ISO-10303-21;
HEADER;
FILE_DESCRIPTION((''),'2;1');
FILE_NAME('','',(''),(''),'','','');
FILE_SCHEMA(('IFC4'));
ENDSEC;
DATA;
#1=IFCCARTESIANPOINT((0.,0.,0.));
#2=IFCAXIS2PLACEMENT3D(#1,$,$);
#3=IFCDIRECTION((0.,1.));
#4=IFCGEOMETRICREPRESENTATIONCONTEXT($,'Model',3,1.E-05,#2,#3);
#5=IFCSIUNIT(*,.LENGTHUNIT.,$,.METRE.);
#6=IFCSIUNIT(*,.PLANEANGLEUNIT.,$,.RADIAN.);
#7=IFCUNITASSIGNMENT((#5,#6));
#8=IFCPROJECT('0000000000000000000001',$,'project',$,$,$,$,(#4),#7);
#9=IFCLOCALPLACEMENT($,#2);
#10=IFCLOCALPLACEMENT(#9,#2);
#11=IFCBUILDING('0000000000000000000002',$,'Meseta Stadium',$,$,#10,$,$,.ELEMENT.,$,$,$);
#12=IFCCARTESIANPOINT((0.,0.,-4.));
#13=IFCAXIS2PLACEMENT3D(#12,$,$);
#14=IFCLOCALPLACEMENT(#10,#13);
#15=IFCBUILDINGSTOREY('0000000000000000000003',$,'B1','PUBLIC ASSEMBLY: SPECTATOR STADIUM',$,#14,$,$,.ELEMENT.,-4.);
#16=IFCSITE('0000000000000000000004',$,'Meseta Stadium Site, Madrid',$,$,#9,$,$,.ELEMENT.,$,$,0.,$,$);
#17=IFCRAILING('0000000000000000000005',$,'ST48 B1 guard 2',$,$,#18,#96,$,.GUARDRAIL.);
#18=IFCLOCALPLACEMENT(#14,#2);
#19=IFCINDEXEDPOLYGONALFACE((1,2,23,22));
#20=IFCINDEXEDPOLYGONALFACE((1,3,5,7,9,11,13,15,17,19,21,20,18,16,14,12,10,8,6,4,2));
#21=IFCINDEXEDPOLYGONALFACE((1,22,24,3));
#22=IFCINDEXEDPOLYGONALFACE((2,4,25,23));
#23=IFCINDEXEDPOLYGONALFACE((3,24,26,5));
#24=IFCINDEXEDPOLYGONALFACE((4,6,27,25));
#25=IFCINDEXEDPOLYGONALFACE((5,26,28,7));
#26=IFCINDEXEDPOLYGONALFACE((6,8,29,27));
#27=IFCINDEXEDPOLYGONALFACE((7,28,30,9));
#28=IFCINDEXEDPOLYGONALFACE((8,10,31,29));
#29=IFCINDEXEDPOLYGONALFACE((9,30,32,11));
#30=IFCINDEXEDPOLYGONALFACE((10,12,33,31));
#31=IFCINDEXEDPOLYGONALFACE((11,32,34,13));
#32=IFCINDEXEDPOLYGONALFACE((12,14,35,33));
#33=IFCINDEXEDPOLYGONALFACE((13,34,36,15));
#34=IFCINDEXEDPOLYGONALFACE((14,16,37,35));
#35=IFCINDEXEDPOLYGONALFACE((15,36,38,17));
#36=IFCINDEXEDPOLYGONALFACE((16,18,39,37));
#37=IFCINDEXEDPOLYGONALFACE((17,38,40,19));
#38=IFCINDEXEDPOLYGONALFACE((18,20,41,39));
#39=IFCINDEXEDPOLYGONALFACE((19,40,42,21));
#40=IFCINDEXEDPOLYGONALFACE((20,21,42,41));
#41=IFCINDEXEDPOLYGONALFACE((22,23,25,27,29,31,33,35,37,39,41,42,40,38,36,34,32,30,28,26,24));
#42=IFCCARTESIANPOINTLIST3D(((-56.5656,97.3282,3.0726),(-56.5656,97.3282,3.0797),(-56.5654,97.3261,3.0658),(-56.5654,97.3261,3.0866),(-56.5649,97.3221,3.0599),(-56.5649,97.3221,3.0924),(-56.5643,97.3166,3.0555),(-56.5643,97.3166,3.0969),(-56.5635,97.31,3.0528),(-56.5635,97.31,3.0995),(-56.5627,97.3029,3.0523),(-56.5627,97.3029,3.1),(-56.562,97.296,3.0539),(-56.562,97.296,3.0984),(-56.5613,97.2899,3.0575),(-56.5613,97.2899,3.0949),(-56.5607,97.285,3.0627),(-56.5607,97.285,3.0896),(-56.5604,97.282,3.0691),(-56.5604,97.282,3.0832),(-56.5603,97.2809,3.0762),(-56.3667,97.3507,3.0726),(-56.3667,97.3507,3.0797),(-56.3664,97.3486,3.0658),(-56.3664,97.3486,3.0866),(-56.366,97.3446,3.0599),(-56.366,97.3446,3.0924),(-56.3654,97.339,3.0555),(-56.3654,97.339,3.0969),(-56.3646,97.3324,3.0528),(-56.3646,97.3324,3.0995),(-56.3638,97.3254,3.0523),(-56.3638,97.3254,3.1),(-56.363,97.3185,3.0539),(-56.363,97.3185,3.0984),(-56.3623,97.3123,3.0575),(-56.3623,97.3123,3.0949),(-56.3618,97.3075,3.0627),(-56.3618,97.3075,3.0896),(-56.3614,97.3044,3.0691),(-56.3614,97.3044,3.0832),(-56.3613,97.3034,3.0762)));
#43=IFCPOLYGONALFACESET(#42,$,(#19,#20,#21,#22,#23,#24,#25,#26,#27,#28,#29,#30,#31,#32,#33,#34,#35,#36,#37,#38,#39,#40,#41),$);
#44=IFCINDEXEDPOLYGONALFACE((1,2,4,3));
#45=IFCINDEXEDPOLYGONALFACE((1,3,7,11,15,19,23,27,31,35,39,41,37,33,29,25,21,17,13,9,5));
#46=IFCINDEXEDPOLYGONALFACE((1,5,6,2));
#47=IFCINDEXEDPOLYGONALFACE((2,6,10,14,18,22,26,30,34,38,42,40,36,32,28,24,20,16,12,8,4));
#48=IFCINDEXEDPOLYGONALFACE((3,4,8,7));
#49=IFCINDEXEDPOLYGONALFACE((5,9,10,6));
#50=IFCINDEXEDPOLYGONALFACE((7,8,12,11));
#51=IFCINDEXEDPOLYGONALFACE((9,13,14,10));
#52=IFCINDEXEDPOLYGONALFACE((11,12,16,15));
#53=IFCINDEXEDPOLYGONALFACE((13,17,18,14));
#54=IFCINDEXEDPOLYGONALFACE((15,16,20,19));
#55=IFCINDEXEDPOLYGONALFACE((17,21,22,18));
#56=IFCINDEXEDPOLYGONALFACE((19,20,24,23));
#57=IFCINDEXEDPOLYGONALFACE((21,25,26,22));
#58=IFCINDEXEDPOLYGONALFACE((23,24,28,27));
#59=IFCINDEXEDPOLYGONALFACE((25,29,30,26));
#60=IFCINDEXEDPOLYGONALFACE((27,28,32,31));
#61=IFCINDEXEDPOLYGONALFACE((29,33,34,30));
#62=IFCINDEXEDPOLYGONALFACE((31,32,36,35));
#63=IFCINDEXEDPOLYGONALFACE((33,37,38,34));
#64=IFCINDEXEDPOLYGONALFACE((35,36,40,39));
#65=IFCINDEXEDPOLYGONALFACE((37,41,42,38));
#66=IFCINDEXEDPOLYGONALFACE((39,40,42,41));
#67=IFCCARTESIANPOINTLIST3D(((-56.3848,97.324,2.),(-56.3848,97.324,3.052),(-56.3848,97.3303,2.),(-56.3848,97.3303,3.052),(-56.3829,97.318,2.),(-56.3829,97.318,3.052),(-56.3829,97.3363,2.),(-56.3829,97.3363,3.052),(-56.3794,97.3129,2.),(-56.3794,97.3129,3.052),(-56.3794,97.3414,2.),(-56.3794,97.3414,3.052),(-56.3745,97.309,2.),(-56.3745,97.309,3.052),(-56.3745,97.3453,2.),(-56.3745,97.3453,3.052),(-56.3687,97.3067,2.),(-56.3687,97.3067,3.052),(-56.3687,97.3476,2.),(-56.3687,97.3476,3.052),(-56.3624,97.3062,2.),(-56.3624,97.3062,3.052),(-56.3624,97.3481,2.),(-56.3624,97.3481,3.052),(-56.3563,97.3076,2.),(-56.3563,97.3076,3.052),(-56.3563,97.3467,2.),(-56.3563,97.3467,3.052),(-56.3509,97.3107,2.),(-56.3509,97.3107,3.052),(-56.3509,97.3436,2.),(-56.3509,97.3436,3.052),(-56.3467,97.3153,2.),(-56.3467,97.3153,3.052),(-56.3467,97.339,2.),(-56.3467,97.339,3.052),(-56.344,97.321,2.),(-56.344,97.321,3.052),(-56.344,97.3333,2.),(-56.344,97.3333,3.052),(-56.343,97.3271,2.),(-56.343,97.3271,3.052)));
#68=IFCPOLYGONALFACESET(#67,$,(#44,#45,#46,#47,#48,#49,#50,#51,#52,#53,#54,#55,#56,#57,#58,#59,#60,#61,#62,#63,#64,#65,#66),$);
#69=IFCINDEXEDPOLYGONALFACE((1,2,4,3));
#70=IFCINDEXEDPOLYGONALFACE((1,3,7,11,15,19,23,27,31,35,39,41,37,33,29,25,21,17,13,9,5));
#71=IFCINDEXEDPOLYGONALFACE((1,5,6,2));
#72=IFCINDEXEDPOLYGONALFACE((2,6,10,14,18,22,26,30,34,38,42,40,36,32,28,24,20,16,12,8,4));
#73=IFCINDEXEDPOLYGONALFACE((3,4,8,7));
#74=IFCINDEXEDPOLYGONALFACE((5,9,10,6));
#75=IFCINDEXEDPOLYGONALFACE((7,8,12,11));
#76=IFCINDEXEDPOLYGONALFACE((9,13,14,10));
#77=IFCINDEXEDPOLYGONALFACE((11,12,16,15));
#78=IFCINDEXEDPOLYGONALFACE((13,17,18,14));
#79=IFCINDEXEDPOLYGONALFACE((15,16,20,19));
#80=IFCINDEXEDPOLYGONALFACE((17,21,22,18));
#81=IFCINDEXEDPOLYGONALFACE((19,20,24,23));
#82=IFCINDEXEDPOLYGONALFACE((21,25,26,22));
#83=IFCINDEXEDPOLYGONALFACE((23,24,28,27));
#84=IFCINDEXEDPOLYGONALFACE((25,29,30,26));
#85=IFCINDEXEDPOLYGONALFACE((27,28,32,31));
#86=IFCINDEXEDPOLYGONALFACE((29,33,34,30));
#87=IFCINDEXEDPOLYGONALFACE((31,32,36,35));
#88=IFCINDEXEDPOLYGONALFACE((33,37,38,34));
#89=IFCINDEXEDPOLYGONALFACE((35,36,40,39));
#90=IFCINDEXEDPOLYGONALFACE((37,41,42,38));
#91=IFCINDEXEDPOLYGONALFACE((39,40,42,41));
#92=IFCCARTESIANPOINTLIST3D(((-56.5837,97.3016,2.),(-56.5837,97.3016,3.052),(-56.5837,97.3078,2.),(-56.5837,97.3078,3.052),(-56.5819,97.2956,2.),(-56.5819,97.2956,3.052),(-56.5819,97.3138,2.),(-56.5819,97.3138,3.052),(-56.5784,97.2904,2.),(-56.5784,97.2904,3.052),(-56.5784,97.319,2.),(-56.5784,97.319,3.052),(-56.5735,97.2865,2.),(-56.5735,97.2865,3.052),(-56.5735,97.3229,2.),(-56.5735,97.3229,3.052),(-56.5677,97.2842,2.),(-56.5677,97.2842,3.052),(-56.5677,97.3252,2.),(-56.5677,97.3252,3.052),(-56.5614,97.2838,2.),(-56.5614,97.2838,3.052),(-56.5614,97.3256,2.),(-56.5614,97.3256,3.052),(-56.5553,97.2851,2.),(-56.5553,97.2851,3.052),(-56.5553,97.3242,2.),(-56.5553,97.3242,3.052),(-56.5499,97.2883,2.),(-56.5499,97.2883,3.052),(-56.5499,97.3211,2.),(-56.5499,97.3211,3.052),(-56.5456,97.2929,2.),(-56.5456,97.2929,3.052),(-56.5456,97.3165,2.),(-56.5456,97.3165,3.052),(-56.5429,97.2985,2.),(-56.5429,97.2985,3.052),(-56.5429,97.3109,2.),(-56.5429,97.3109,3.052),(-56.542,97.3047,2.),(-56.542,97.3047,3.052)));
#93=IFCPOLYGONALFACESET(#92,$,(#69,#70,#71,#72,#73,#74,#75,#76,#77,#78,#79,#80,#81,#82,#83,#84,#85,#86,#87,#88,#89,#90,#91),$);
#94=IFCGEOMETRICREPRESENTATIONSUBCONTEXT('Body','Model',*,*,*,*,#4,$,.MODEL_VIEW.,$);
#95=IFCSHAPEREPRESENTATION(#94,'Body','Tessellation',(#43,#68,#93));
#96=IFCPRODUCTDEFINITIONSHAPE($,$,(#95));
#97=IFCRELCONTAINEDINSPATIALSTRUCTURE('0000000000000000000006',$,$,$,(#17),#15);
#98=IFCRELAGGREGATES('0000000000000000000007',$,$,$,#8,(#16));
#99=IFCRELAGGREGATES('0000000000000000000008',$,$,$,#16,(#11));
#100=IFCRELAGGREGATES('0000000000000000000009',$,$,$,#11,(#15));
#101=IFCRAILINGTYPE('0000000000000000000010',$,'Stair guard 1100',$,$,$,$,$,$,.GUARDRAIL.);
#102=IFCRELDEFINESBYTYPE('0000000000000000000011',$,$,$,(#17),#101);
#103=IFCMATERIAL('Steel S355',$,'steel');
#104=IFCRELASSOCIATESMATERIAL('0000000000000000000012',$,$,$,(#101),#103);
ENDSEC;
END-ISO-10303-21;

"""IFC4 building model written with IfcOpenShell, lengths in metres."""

from ifc_helpers import new_model, si_unit, direction, frame, origin, origin_2d, place, context, subcontext, project, spatial, circle, extrude, material, type_object, element, save


model = new_model("IFC4")

# Units and contexts
model_context = context("Model", 3, precision=1e-05, world=origin(), true_north=direction((0.0, 1.0)))
body_context = subcontext(model_context, "Body", "Model", "MODEL_VIEW")
ifc_project = project(units=[si_unit("LENGTHUNIT", "METRE"), si_unit("PLANEANGLEUNIT", "RADIAN")], contexts=[model_context])

# Site, building, storey
site_placement = place(None, origin())
site = spatial("IfcSite", under=ifc_project, at=site_placement, Name="Meseta Stadium Site, Madrid", CompositionType="ELEMENT", RefElevation=0.0)
building_placement = place(site_placement, origin())
building = spatial("IfcBuilding", under=site, at=building_placement, Name="Meseta Stadium", CompositionType="ELEMENT")
storey_placement = place(building_placement, frame((0.0, 0.0, -4.0)))
storey = spatial("IfcBuildingStorey", under=building, at=storey_placement, Name="B1", Description="PUBLIC ASSEMBLY: SPECTATOR STADIUM", CompositionType="ELEMENT", Elevation=-4.0)

# Railing
ifc_material_1 = material(Name="Steel S355", Category="steel")
railing_type_1 = type_object("IfcRailingType", Name="Stair guard 1100", PredefinedType="GUARDRAIL", material=ifc_material_1)
railing_1_placement = place(storey_placement, frame((-56.364, 97.3271, 2.0)))
element("IfcRailing", 1, at=railing_1_placement, inside=storey, type_object=railing_type_1, Name="ST48 B1 guard 2", PredefinedType="GUARDRAIL", context=body_context, shape_type="SweptSolid", body=[
    extrude(circle(Radius=0.0239, at=origin_2d()), frame((0.0, 0.0, 1.0762), z_axis=(-0.993689, -0.112171, 0.0), x_axis=(0.112171, -0.993689, 0.0)), (0.0, 0.0, 1.0), 0.2002),
    extrude(circle(Radius=0.021, at=origin_2d()), origin(), (0.0, 0.0, 1.0), 1.052),
    extrude(circle(Radius=0.021, at=origin_2d()), frame((-0.199, -0.0225, 0.0)), (0.0, 0.0, 1.0), 1.052),
])

save(model, "model.ifc")
